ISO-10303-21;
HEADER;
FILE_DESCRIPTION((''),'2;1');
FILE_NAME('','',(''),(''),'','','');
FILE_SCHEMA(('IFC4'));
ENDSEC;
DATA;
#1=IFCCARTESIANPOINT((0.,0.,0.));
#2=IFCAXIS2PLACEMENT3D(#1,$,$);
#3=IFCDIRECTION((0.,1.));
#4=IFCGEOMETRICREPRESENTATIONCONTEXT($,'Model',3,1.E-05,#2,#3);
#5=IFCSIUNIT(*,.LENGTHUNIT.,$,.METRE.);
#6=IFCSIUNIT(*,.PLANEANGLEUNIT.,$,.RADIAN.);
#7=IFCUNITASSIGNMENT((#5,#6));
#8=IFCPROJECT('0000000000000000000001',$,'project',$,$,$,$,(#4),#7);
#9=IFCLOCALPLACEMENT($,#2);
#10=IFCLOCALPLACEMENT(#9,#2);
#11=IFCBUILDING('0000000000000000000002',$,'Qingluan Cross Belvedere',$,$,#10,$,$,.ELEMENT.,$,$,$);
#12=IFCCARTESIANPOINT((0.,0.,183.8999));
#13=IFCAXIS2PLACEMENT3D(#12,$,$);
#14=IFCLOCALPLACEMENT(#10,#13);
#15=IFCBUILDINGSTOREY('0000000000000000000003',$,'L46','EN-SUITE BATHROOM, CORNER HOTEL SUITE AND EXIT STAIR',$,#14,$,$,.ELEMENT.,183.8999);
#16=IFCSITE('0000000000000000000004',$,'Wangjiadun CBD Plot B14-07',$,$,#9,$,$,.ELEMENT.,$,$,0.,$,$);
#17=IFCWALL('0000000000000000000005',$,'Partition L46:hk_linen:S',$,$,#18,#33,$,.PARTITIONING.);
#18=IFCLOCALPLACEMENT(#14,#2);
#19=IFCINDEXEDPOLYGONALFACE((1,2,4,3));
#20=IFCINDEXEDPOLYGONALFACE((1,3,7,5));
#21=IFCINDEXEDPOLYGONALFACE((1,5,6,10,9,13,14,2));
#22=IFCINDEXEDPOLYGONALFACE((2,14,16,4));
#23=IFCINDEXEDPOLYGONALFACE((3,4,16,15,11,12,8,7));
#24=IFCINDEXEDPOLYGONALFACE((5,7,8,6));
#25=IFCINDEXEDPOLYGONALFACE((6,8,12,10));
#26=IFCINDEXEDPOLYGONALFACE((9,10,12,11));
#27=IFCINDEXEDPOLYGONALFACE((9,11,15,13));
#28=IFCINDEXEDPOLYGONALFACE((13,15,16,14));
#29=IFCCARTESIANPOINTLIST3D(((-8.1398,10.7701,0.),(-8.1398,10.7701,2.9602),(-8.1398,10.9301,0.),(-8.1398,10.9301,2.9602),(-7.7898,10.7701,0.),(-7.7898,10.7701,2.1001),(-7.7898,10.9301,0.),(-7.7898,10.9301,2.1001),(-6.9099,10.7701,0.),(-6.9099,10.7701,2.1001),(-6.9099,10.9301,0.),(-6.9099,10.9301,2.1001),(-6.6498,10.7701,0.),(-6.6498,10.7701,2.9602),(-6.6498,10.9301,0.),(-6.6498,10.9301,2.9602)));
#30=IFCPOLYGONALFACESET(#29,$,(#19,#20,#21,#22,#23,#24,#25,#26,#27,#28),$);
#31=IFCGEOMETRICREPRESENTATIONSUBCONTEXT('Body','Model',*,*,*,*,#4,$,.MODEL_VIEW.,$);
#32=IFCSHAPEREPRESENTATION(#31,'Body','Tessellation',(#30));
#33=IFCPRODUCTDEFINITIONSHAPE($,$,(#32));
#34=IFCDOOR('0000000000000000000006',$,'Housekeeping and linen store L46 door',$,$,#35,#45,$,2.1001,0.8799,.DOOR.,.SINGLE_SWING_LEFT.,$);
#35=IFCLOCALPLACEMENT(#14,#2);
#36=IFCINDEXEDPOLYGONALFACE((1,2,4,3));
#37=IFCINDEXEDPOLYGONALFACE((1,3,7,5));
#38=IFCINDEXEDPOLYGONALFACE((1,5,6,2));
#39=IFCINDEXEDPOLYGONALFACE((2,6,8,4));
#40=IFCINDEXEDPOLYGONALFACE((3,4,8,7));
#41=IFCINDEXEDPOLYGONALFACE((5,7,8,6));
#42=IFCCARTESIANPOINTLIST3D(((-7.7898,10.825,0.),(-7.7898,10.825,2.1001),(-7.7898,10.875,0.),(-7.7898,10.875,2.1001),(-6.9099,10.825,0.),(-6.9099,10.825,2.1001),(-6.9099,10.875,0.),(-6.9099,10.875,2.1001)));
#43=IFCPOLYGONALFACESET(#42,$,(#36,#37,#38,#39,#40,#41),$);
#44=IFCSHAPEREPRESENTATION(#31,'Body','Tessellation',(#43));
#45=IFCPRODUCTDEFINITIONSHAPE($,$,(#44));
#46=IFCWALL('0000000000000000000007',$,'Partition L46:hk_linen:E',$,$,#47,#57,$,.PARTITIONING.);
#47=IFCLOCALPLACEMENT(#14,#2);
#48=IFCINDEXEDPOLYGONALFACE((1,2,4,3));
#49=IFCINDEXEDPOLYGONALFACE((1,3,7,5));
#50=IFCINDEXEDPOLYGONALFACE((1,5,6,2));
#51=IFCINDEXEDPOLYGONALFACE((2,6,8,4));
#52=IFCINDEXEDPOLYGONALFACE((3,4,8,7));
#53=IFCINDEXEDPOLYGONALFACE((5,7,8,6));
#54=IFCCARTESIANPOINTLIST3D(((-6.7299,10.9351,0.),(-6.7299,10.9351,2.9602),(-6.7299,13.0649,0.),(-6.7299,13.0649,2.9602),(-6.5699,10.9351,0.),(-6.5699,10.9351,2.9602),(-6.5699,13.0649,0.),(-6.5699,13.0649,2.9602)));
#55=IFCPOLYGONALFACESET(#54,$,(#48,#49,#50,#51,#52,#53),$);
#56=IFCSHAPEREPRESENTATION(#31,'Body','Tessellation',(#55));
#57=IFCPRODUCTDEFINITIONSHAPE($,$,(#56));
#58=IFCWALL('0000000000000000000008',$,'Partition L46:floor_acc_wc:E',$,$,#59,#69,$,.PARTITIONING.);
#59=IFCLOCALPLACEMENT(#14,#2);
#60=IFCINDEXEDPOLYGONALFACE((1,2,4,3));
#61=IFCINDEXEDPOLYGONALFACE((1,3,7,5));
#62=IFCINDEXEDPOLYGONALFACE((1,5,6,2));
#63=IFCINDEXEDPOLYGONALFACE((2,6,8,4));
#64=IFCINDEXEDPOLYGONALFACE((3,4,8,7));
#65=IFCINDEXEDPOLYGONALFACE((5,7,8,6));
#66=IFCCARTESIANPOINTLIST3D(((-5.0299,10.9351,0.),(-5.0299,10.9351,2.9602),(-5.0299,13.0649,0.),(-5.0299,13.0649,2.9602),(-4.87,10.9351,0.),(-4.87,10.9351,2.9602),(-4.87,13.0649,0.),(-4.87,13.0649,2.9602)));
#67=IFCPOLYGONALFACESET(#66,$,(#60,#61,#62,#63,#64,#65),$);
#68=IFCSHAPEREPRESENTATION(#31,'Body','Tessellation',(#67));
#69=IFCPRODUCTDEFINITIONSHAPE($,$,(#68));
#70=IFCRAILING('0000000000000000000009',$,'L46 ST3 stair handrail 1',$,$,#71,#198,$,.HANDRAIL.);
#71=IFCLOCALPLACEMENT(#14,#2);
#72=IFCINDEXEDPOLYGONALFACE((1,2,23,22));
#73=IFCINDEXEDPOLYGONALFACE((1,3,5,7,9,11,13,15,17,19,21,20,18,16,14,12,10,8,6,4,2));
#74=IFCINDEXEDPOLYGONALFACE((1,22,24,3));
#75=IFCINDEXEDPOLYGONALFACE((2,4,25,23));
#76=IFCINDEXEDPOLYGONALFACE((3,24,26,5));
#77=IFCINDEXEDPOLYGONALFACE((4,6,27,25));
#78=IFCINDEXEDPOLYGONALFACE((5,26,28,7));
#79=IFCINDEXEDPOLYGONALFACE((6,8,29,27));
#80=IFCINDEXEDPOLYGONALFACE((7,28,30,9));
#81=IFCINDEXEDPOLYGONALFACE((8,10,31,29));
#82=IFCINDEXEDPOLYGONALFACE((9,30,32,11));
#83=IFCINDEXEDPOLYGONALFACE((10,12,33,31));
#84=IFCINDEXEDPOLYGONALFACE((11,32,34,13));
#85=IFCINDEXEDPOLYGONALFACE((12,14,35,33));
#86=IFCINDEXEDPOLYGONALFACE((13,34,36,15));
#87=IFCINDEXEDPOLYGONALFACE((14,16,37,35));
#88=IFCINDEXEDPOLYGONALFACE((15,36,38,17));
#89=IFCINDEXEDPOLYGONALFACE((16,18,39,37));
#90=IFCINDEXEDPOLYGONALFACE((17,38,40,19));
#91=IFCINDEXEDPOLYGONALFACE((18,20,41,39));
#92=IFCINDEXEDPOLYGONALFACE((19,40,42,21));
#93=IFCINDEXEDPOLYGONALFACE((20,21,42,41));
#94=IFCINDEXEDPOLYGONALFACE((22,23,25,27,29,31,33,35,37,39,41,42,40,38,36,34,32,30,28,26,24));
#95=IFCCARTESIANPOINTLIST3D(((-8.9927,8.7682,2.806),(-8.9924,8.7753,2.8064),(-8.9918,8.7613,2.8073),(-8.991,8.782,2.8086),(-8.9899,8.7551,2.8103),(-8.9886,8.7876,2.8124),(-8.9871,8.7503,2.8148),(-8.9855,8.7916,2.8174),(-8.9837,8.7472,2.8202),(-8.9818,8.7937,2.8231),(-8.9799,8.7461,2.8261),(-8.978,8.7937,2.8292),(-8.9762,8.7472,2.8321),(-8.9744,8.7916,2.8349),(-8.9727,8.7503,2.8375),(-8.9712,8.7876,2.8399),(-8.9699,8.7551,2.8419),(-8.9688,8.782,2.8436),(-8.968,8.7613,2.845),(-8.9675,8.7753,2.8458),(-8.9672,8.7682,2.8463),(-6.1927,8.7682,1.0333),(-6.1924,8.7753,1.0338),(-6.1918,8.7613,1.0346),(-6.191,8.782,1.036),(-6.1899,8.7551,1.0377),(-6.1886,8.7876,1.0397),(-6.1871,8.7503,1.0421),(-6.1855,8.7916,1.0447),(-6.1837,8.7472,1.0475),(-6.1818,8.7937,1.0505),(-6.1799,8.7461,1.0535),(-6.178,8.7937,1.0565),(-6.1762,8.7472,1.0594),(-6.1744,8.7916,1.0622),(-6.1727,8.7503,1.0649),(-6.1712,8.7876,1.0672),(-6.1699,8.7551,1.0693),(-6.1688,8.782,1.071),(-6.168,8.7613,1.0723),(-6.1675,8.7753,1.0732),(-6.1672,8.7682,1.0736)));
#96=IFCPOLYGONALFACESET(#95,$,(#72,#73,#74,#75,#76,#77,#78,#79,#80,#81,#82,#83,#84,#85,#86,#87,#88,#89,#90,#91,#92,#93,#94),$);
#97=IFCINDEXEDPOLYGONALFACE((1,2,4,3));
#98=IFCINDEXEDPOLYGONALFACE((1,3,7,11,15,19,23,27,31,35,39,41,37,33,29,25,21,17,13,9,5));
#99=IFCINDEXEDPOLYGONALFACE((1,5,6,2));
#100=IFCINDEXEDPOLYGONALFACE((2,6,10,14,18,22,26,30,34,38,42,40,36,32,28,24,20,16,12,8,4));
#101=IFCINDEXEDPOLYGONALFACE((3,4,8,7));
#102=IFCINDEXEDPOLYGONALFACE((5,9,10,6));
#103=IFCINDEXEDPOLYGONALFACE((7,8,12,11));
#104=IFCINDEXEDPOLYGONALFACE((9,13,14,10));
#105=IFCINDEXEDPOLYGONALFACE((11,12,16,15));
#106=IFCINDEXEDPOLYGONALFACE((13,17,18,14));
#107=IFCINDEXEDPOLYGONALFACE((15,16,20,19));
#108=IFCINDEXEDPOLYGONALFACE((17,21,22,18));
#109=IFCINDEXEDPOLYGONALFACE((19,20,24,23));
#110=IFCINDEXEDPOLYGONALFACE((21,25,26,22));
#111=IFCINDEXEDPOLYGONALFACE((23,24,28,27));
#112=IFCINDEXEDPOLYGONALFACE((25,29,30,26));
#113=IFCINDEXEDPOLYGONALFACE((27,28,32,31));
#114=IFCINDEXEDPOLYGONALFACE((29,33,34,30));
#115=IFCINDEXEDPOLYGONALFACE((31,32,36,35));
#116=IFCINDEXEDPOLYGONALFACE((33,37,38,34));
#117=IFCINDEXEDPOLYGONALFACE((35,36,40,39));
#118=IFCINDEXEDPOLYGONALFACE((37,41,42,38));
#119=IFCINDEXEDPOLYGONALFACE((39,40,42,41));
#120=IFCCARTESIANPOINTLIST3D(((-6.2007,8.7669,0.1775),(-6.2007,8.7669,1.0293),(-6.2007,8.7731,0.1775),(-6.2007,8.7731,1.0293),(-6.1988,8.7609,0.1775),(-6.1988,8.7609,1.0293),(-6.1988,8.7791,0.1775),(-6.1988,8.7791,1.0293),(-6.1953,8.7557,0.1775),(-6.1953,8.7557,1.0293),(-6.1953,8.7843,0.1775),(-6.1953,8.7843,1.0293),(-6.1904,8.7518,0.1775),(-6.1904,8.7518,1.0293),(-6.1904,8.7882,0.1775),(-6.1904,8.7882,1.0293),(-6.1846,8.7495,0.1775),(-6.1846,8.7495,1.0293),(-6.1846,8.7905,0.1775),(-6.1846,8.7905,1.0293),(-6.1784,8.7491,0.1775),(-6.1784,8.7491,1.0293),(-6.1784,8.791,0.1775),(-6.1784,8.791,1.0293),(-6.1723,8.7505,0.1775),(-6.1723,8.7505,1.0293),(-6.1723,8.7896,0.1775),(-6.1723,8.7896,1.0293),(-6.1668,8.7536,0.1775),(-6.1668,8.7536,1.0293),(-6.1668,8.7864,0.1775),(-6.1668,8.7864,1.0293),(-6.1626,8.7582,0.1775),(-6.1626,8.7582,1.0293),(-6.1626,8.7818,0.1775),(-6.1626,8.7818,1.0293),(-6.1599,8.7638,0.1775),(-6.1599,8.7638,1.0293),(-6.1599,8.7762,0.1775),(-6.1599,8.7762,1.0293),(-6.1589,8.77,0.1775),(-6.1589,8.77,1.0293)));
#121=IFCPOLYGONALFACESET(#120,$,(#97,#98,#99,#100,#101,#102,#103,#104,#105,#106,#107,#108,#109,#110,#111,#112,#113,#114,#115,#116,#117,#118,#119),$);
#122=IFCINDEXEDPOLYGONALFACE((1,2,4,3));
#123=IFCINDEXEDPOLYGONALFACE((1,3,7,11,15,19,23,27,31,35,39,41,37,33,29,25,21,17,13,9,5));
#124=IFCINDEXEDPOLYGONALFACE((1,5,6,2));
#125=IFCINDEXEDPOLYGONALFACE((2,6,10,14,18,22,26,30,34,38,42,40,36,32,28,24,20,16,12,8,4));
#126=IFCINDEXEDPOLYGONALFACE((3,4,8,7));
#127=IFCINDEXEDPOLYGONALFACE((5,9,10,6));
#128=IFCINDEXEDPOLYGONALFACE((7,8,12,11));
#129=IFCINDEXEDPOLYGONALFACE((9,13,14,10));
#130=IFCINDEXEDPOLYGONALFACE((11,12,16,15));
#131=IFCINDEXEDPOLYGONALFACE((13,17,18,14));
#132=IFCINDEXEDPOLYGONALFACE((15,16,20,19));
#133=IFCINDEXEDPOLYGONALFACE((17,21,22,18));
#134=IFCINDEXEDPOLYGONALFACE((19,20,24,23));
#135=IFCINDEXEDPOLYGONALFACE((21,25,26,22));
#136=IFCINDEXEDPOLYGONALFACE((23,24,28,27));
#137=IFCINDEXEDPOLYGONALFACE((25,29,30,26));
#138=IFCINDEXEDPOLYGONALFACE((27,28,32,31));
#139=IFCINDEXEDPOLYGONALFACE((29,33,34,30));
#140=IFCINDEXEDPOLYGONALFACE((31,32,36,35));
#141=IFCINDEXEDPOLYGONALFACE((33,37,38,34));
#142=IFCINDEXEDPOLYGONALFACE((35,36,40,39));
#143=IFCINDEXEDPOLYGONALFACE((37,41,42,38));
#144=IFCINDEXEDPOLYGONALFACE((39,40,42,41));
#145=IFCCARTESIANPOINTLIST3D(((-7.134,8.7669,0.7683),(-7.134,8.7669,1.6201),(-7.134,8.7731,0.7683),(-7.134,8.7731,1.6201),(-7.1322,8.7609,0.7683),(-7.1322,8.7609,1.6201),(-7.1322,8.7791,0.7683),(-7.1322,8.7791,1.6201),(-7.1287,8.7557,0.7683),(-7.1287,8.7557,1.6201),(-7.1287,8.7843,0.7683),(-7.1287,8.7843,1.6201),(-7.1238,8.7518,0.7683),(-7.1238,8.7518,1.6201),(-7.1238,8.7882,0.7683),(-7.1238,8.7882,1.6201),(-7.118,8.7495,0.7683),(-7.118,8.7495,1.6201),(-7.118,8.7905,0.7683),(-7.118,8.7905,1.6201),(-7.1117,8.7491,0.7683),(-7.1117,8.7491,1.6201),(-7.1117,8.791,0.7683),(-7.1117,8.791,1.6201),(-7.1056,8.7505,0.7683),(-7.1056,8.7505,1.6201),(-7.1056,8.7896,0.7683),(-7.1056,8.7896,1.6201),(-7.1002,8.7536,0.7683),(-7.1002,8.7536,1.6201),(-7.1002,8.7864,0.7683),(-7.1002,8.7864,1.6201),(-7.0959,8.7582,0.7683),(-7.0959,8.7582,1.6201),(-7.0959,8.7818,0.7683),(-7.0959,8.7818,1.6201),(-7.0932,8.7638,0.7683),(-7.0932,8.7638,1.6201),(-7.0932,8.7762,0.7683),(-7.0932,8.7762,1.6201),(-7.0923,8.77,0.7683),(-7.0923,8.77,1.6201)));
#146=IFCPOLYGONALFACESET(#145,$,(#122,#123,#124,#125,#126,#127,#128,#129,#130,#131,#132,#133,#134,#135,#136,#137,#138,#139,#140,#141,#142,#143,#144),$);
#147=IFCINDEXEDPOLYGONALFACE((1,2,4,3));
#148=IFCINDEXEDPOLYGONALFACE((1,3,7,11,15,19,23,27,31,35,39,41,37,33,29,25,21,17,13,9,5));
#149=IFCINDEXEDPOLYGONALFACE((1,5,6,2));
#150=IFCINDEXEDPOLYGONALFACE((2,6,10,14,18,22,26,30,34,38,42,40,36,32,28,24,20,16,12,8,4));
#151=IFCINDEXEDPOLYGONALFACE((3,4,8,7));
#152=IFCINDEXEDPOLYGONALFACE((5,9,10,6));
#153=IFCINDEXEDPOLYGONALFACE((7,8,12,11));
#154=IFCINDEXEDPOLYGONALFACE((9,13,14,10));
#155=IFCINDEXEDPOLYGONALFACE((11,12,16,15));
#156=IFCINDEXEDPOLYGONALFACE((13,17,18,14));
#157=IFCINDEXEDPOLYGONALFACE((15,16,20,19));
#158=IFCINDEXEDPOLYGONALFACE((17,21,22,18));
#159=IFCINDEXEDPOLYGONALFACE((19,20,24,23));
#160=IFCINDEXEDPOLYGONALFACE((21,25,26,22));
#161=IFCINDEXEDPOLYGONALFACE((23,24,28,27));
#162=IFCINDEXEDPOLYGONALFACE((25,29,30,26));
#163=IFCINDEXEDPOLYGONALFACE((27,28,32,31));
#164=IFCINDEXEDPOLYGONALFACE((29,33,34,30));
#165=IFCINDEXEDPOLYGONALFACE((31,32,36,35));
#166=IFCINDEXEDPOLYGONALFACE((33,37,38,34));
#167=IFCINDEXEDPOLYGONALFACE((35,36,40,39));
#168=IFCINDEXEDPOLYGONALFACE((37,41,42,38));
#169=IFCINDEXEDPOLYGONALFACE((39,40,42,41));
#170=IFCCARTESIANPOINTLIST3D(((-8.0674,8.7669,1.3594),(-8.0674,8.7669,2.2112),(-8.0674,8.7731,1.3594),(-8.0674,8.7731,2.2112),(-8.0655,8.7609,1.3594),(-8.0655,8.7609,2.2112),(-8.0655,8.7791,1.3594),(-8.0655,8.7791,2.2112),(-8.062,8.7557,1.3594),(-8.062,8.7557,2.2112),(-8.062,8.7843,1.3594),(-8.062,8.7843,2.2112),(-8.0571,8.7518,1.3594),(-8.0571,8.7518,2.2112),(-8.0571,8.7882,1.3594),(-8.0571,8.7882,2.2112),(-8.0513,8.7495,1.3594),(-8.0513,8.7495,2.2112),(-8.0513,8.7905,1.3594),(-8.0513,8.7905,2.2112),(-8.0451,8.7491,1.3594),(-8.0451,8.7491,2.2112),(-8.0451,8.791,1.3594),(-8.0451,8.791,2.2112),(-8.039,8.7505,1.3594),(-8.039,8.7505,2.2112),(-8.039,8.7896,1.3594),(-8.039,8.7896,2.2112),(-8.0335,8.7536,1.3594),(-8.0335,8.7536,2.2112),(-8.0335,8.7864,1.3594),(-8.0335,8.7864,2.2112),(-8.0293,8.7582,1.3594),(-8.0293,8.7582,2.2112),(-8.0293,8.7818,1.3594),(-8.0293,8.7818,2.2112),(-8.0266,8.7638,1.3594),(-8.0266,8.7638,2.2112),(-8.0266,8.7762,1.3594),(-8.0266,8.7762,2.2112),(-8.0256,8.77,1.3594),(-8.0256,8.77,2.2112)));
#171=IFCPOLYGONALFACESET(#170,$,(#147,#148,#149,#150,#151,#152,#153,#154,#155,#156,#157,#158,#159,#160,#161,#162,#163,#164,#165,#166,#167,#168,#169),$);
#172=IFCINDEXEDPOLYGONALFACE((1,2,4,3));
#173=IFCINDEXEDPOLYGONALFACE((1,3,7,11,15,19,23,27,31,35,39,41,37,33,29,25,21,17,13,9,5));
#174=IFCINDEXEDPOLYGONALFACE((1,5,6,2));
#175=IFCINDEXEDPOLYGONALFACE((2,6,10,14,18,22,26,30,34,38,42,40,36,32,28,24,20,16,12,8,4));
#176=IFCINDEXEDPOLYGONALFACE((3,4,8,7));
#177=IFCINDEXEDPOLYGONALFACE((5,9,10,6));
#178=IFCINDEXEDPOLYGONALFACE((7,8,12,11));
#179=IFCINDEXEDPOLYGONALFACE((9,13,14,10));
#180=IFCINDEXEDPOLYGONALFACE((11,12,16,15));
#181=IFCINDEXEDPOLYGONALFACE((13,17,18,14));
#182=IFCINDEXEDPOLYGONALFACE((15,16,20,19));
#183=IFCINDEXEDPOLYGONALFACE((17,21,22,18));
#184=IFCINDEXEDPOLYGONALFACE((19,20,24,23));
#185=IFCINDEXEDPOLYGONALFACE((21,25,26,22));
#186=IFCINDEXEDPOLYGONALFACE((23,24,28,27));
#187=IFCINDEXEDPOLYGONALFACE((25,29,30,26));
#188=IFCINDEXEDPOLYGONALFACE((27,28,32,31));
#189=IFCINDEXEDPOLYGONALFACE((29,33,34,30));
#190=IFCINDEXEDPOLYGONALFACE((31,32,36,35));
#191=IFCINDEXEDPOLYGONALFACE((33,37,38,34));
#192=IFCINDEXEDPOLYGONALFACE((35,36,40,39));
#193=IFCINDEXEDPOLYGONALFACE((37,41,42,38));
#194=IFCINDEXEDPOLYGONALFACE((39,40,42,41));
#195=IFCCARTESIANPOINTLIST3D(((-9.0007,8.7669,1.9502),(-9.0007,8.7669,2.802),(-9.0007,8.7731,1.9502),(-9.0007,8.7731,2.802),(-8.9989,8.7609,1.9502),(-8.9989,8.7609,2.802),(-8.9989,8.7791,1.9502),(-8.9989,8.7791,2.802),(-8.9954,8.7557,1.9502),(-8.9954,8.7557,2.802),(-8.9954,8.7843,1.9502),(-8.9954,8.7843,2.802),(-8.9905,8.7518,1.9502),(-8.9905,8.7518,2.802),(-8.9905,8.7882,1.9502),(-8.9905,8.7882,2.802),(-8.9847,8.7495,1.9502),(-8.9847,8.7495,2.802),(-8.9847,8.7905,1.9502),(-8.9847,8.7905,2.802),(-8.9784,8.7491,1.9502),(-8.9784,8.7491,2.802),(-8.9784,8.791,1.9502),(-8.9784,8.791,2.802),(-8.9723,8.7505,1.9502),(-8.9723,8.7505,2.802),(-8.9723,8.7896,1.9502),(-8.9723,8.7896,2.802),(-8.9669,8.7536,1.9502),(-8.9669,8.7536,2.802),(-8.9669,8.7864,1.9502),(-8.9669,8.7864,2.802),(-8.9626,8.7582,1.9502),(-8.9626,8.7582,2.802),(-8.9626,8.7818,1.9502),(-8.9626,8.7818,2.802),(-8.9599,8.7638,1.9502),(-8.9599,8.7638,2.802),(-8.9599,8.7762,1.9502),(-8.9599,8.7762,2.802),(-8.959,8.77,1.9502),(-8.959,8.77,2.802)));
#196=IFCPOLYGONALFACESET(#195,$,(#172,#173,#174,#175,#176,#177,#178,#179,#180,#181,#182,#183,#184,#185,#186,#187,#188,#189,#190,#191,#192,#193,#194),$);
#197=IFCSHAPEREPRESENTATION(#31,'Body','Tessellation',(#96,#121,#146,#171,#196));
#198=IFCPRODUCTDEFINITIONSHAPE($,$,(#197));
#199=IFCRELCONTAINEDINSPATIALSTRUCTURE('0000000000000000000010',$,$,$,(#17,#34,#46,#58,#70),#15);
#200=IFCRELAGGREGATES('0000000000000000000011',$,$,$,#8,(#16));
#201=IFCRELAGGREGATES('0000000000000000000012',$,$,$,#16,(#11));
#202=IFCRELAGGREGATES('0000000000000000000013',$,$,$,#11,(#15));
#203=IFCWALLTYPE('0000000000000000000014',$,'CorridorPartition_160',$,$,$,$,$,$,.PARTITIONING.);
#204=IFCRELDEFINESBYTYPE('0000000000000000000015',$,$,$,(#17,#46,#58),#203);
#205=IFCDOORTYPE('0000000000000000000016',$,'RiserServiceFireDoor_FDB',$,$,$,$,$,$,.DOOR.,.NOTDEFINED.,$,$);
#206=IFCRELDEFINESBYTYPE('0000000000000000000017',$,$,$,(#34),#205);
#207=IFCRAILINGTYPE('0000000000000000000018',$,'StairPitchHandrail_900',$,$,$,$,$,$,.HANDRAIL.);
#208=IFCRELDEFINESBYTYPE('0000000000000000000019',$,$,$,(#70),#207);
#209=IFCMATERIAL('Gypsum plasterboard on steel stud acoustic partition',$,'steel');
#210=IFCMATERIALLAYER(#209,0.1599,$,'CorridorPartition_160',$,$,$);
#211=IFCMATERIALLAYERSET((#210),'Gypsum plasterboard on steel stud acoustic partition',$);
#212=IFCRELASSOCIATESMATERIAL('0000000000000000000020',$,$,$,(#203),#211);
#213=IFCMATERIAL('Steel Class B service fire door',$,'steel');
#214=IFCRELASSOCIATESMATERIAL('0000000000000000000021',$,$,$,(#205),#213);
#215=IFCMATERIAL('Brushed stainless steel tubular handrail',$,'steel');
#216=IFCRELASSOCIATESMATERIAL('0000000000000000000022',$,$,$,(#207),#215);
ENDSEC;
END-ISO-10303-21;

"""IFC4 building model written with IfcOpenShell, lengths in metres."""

from ifc_helpers import new_model, si_unit, direction, frame, frame_2d, origin, origin_2d, place, context, subcontext, project, spatial, rectangle, circle, extrude, material, layer, layer_set, type_object, element, fill, save


model = new_model("IFC4")

# Units and contexts
model_context = context("Model", 3, precision=1e-05, world=origin(), true_north=direction((0.0, 1.0)))
body_context = subcontext(model_context, "Body", "Model", "MODEL_VIEW")
ifc_project = project(units=[si_unit("LENGTHUNIT", "METRE"), si_unit("PLANEANGLEUNIT", "RADIAN")], contexts=[model_context])

# Site, building, storey
site_placement = place(None, origin())
site = spatial("IfcSite", under=ifc_project, at=site_placement, Name="Wangjiadun CBD Plot B14-07", CompositionType="ELEMENT", RefElevation=0.0)
building_placement = place(site_placement, origin())
building = spatial("IfcBuilding", under=site, at=building_placement, Name="Qingluan Cross Belvedere", CompositionType="ELEMENT")
storey_placement = place(building_placement, frame((0.0, 0.0, 183.8999)))
storey = spatial("IfcBuildingStorey", under=building, at=storey_placement, Name="L46", Description="EN-SUITE BATHROOM, CORNER HOTEL SUITE AND EXIT STAIR", CompositionType="ELEMENT", Elevation=183.8999)

# Shared definitions
ifc_material_1 = material(Name="Gypsum plasterboard on steel stud acoustic partition", Category="steel")
ifc_layer_1 = layer(ifc_material_1, 0.1599, Name="CorridorPartition_160")
ifc_layer_set_1 = layer_set([ifc_layer_1], Name="Gypsum plasterboard on steel stud acoustic partition")
wall_type_1 = type_object("IfcWallType", Name="CorridorPartition_160", PredefinedType="PARTITIONING", material=ifc_layer_set_1)

# Wall, opening, door
wall_1_placement = place(storey_placement, frame((-8.1399, 10.8501, 0.0), z_axis=(0.0, 0.0, 1.0), x_axis=(1.0, 0.0, 0.0)))
wall_1 = element("IfcWall", 1, at=wall_1_placement, inside=storey, type_object=wall_type_1, Name="Partition L46:hk_linen:S", PredefinedType="PARTITIONING", context=body_context, shape_type="SweptSolid", body=[
    extrude(rectangle(XDim=1.49, YDim=0.1599, at=frame_2d((0.7451, 0.0))), origin(), (0.0, 0.0, 1.0), 2.9602),
])
opening_1_placement = place(wall_1_placement, frame((0.3501, 0.0, 0.0)))
opening_1 = element("IfcOpeningElement", 2, at=opening_1_placement, cuts=wall_1, PredefinedType="OPENING", context=body_context, shape_type="SweptSolid", body=[
    extrude(rectangle(XDim=0.8799, YDim=2.1001, at=frame_2d((0.4399, 1.05))), frame((0.0, 0.0898, 0.0), z_axis=(0.0, -1.0, 0.0), x_axis=(1.0, 0.0, 0.0)), (0.0, 0.0, 1.0), 0.1799),
])
ifc_material_2 = material(Name="Steel Class B service fire door", Category="steel")
door_type_1 = type_object("IfcDoorType", Name="RiserServiceFireDoor_FDB", OperationType="NOTDEFINED", PredefinedType="DOOR", material=ifc_material_2)
door_1_placement = place(opening_1_placement, origin())
door_1 = element("IfcDoor", 3, at=door_1_placement, inside=storey, type_object=door_type_1, Name="Housekeeping and linen store L46 door", OperationType="SINGLE_SWING_LEFT", OverallHeight=2.1001, OverallWidth=0.8799, PredefinedType="DOOR", context=body_context, shape_type="SweptSolid", body=[
    extrude(rectangle(XDim=0.8799, YDim=2.1001, at=frame_2d((0.4399, 1.05))), frame((0.0, 0.0249, 0.0), z_axis=(0.0, -1.0, 0.0), x_axis=(1.0, 0.0, 0.0)), (0.0, 0.0, 1.0), 0.05),
])
fill(opening_1, door_1)

# Wall
wall_2_placement = place(storey_placement, frame((-6.6499, 10.9351, 0.0), z_axis=(0.0, 0.0, 1.0), x_axis=(0.0, 1.0, 0.0)))
element("IfcWall", 4, at=wall_2_placement, inside=storey, type_object=wall_type_1, Name="Partition L46:hk_linen:E", PredefinedType="PARTITIONING", context=body_context, shape_type="SweptSolid", body=[
    extrude(rectangle(XDim=2.1299, YDim=0.1599, at=frame_2d((1.0649, 0.0))), origin(), (0.0, 0.0, 1.0), 2.9602),
])

# Wall
wall_3_placement = place(storey_placement, frame((-4.95, 10.9351, 0.0), z_axis=(0.0, 0.0, 1.0), x_axis=(0.0, 1.0, 0.0)))
element("IfcWall", 5, at=wall_3_placement, inside=storey, type_object=wall_type_1, Name="Partition L46:floor_acc_wc:E", PredefinedType="PARTITIONING", context=body_context, shape_type="SweptSolid", body=[
    extrude(rectangle(XDim=2.1299, YDim=0.1599, at=frame_2d((1.0649, 0.0))), origin(), (0.0, 0.0, 1.0), 2.9602),
])

# Railing
ifc_material_3 = material(Name="Brushed stainless steel tubular handrail", Category="steel")
railing_type = type_object("IfcRailingType", Name="StairPitchHandrail_900", PredefinedType="HANDRAIL", material=ifc_material_3)
railing_placement = place(storey_placement, frame((-6.1799, 8.77, 0.1775)))
element("IfcRailing", 6, at=railing_placement, inside=storey, type_object=railing_type, Name="L46 ST3 stair handrail 1", PredefinedType="HANDRAIL", context=body_context, shape_type="SweptSolid", body=[
    extrude(circle(Radius=0.0239, at=origin_2d()), frame((0.0, 0.0, 0.876), z_axis=(-0.844909, 0.0, 0.53491), x_axis=(0.0, -1.0, 0.0)), (0.0, 0.0, 1.0), 3.314),
    extrude(circle(Radius=0.021, at=origin_2d()), origin(), (0.0, 0.0, 1.0), 0.8518),
    extrude(circle(Radius=0.021, at=origin_2d()), frame((-0.9333, 0.0, 0.5908)), (0.0, 0.0, 1.0), 0.8518),
    extrude(circle(Radius=0.021, at=origin_2d()), frame((-1.8667, 0.0, 1.1819)), (0.0, 0.0, 1.0), 0.8518),
    extrude(circle(Radius=0.021, at=origin_2d()), frame((-2.8, 0.0, 1.7727)), (0.0, 0.0, 1.0), 0.8518),
])

save(model, "model.ifc")
